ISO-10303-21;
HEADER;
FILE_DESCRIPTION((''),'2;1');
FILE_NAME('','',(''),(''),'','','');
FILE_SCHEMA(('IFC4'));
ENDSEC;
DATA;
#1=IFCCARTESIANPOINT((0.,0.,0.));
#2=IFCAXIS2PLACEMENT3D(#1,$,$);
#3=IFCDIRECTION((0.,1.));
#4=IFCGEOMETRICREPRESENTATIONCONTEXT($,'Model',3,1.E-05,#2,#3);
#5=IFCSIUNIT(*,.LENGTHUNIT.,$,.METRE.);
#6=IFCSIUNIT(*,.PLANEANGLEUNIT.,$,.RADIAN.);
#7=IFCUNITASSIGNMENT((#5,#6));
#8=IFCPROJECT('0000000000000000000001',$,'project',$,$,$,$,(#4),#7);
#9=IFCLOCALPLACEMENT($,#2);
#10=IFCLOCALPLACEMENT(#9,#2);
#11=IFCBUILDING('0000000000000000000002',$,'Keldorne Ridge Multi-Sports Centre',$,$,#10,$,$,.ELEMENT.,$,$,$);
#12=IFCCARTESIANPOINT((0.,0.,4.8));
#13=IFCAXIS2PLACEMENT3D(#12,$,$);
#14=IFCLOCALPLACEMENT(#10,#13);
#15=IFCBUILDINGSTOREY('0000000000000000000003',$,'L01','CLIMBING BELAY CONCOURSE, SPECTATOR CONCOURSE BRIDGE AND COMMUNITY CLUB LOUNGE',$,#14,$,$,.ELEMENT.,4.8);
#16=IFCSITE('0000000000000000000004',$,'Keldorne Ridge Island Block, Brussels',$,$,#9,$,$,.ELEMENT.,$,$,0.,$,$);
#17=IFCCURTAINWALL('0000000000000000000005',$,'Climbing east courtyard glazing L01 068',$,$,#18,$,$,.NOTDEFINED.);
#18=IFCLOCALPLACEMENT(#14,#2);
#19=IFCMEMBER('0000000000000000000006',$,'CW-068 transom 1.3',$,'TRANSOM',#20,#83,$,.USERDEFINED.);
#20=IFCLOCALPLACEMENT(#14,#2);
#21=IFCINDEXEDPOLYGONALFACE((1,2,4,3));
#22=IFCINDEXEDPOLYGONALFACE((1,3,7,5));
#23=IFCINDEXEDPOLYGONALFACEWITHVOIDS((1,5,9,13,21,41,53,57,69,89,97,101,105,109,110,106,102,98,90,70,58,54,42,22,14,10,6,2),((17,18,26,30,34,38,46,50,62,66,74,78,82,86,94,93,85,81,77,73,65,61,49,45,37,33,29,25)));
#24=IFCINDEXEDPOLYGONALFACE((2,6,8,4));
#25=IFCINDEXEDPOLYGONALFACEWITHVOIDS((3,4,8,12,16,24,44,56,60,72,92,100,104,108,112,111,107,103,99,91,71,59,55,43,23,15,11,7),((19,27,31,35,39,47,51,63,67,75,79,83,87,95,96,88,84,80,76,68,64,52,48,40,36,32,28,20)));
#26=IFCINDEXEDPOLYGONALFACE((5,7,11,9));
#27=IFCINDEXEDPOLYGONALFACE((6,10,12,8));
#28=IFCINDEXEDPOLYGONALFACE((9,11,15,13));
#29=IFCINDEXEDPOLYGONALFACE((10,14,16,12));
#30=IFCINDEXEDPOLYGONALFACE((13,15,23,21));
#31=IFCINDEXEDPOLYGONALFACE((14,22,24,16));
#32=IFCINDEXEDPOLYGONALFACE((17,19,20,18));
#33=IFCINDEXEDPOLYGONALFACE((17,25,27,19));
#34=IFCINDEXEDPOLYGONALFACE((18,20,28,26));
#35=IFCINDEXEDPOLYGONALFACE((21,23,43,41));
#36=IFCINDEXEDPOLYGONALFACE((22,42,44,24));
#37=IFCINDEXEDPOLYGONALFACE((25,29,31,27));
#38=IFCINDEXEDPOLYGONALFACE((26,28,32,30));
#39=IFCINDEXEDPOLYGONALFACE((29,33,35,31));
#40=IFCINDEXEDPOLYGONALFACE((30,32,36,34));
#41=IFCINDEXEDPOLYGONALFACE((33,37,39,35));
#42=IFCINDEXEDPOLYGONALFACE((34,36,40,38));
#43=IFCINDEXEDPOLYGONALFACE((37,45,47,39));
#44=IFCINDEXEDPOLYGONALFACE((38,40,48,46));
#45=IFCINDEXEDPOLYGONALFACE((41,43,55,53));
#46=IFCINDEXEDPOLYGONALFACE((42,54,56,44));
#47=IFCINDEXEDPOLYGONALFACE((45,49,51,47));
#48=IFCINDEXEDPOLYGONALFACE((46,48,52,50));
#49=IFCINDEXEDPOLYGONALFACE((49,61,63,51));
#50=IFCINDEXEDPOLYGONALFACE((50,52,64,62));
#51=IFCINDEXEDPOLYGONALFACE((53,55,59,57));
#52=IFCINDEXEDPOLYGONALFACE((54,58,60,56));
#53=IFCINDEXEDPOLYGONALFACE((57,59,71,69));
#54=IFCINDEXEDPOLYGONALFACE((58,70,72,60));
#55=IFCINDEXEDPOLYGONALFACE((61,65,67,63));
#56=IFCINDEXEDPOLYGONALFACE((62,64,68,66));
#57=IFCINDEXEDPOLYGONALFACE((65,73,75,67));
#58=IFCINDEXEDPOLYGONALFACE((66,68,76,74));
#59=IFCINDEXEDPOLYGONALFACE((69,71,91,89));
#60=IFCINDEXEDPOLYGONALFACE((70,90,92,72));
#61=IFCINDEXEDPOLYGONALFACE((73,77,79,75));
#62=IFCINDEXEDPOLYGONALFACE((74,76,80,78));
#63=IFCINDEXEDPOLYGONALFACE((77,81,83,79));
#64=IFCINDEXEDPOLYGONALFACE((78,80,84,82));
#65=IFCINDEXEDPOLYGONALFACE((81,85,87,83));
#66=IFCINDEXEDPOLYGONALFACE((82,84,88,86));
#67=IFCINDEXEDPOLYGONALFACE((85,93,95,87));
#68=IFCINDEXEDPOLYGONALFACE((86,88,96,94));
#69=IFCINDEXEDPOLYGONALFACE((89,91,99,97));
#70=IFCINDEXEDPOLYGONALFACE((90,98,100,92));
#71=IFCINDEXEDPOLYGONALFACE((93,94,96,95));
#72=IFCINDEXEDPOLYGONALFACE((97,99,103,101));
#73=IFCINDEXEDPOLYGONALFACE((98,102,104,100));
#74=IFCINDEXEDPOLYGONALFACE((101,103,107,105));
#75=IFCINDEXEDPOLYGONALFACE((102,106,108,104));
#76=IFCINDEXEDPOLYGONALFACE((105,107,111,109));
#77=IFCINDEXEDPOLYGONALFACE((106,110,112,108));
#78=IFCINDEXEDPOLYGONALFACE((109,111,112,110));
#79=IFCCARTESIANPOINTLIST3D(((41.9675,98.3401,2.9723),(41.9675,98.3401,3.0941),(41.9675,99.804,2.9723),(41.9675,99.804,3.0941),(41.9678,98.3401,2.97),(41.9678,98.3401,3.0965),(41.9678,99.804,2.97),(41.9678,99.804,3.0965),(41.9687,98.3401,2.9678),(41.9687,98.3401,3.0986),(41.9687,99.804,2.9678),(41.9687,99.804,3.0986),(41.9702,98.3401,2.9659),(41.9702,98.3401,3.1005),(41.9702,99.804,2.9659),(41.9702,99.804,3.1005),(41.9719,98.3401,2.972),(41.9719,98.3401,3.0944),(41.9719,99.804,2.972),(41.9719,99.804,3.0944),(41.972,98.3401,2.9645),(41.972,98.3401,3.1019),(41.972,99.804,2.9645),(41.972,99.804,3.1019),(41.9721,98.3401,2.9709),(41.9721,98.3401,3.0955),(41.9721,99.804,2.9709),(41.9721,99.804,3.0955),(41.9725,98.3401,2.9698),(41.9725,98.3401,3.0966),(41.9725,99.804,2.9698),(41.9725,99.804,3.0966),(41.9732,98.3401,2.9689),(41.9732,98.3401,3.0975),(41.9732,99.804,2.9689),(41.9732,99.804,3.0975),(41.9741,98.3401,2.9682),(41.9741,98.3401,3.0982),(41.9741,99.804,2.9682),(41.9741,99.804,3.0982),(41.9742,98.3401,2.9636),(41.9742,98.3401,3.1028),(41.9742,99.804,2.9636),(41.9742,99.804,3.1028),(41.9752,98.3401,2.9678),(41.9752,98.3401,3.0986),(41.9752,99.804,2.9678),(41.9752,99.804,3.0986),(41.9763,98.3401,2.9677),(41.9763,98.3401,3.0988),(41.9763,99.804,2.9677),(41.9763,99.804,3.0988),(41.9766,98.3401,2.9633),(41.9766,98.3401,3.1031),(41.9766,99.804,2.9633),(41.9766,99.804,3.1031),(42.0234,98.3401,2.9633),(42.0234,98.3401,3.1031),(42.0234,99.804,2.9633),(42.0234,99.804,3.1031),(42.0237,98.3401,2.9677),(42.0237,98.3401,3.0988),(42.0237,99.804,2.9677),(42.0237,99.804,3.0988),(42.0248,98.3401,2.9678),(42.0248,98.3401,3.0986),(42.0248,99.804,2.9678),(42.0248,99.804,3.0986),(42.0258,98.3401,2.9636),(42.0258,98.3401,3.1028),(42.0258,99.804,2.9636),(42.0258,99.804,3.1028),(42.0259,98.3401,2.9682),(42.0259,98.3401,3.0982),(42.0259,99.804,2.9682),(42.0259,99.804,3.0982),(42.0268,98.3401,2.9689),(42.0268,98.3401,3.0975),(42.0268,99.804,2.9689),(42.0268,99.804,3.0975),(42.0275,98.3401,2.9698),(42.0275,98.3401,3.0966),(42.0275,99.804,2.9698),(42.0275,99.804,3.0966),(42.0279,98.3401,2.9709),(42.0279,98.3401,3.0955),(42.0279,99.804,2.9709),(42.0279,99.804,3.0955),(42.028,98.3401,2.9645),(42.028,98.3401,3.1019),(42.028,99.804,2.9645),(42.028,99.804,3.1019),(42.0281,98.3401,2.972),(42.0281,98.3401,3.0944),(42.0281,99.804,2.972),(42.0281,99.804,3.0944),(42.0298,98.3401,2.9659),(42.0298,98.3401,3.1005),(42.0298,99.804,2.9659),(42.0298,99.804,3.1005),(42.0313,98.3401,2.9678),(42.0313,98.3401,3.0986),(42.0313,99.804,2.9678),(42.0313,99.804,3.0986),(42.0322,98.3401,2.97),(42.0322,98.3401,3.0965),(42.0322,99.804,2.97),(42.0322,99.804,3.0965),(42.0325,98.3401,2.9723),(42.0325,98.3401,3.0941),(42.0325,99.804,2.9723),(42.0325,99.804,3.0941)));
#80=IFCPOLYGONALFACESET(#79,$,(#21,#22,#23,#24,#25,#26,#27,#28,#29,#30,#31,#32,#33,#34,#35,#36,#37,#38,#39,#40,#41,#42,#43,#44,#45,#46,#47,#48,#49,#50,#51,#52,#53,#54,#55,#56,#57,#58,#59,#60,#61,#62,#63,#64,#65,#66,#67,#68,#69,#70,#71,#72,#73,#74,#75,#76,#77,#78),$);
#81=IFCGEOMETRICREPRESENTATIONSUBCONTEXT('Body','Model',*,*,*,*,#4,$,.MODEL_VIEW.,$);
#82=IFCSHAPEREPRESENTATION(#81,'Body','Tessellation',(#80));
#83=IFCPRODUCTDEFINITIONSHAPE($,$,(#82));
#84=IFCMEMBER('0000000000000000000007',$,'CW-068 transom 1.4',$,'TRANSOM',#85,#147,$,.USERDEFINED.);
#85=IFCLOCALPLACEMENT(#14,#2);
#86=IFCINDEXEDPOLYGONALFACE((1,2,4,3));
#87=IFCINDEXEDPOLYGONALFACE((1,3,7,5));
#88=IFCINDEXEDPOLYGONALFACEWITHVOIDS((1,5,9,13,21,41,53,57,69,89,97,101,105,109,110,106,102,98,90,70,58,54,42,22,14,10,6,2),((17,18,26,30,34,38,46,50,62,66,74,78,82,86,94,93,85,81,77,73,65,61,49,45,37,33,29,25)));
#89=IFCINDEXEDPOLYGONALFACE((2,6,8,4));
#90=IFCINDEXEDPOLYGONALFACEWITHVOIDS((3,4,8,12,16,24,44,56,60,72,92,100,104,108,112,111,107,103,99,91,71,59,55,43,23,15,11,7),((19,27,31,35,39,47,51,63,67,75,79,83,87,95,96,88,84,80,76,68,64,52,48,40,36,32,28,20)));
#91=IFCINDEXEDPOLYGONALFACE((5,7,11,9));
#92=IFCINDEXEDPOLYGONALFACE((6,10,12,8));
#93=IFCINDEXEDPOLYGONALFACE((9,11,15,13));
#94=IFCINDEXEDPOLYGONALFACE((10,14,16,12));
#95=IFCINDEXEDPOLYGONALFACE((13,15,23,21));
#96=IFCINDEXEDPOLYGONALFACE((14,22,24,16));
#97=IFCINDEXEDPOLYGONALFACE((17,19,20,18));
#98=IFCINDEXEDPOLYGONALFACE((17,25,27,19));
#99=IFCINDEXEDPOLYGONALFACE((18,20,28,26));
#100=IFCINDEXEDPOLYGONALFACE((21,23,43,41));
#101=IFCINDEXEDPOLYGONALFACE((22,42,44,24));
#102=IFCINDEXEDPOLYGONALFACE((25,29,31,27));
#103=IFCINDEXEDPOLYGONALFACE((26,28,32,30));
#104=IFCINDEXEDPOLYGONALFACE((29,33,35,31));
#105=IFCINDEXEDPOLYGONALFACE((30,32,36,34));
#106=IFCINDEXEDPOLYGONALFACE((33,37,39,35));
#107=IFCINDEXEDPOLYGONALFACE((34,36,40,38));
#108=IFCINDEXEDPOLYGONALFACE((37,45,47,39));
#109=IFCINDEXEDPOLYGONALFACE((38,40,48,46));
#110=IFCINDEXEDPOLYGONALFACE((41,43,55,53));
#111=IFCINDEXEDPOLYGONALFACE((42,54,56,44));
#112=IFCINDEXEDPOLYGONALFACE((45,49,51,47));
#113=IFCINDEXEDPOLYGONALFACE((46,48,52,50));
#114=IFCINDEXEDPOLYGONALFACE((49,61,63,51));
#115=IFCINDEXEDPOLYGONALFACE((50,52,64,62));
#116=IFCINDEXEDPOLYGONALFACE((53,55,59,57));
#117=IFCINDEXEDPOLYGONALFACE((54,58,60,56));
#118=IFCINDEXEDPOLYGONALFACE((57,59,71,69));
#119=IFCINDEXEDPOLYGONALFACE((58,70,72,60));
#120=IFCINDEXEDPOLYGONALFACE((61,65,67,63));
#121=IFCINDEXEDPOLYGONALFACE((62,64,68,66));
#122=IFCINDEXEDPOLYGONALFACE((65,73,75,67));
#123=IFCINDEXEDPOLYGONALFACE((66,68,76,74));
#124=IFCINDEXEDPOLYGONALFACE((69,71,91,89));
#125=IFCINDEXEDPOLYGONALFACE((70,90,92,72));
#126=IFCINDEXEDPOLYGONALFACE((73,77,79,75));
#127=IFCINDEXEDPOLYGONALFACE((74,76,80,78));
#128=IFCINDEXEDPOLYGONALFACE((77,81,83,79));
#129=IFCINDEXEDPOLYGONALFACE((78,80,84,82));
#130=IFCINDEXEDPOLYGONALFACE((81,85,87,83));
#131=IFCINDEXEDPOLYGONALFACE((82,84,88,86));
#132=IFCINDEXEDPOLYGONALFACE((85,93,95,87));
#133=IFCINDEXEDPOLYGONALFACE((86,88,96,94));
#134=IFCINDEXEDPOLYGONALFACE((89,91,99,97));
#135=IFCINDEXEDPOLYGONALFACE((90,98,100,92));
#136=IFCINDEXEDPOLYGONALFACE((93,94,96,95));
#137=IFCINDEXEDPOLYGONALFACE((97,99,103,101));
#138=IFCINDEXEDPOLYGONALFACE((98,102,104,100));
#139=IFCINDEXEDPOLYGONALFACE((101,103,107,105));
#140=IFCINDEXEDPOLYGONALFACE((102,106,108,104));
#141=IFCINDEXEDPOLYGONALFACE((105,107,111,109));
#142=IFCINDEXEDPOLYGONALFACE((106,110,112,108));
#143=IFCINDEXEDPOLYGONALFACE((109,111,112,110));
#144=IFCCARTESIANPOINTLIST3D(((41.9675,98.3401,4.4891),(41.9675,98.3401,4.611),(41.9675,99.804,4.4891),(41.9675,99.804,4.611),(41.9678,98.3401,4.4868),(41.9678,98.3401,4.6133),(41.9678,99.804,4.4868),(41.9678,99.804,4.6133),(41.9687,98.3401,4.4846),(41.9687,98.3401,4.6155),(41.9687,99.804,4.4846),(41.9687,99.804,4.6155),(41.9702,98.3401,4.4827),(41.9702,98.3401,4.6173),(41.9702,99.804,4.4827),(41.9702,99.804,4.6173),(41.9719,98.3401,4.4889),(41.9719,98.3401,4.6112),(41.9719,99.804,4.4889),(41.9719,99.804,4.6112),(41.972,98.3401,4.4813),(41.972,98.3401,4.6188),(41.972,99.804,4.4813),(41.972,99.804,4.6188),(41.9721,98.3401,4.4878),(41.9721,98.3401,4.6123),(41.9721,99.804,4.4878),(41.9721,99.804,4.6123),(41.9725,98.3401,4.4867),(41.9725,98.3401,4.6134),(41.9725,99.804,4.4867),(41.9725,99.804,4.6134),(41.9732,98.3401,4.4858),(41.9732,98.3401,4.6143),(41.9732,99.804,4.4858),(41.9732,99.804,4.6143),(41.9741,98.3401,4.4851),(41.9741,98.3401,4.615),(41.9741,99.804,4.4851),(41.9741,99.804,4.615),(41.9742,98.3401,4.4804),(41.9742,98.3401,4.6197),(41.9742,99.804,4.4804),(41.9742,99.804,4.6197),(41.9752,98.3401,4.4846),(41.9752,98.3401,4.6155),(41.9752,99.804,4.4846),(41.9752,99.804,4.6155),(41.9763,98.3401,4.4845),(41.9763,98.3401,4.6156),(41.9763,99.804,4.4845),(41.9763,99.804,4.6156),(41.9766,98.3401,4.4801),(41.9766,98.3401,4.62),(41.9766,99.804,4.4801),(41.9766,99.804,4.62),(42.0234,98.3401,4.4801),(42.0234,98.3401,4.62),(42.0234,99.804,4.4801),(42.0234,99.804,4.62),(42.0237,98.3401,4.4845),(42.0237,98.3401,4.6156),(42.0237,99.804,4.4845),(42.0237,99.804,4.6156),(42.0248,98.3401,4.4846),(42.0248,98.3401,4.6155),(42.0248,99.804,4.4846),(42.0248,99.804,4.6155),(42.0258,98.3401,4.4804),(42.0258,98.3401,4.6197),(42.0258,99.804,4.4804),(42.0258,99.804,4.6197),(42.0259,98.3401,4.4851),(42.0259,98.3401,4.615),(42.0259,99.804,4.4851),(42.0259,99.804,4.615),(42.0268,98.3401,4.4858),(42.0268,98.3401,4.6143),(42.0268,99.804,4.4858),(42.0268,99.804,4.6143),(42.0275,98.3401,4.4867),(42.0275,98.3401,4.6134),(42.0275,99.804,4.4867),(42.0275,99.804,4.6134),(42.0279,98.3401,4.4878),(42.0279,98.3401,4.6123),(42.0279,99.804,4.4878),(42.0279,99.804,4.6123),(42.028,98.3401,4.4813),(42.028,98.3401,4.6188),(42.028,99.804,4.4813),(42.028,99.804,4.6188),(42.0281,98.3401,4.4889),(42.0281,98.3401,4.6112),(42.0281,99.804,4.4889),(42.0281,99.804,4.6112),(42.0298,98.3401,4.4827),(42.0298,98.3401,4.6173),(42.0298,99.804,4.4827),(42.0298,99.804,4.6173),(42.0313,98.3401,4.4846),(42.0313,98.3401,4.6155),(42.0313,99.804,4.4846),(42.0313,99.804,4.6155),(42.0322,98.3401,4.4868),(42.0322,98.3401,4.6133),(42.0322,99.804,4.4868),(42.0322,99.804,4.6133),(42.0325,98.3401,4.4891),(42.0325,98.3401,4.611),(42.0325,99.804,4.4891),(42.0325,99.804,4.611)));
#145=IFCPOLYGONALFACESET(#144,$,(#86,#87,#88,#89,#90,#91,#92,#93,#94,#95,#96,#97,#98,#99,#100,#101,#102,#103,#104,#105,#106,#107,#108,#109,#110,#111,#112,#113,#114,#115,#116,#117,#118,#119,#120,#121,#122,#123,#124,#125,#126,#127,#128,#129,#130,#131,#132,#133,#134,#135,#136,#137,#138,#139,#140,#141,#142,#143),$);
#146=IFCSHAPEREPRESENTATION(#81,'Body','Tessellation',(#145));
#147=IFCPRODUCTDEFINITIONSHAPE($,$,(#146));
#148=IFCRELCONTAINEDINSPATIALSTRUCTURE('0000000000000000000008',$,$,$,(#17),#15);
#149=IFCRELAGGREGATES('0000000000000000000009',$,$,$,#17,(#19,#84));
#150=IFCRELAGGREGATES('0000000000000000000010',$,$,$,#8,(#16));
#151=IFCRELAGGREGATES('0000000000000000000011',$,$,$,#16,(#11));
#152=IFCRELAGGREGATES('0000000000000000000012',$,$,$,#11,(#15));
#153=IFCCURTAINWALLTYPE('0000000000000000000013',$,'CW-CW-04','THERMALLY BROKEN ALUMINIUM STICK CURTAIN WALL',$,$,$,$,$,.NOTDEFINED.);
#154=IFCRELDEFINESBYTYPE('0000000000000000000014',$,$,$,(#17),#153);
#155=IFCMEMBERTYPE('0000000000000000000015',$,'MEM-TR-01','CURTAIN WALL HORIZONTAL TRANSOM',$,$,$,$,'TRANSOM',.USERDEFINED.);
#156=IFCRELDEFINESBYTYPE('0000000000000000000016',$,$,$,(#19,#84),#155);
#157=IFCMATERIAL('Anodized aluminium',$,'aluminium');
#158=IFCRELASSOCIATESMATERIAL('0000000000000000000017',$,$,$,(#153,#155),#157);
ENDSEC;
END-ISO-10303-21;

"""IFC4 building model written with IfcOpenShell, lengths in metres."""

from ifc_helpers import new_model, si_unit, direction, frame, origin, origin_2d, place, context, subcontext, project, spatial, hollow_rectangle, extrude, material, material_profile, profile_set, type_object, element, aggregate, save


model = new_model("IFC4")

# Units and contexts
model_context = context("Model", 3, precision=1e-05, world=origin(), true_north=direction((0.0, 1.0)))
body_context = subcontext(model_context, "Body", "Model", "MODEL_VIEW")
ifc_project = project(units=[si_unit("LENGTHUNIT", "METRE"), si_unit("PLANEANGLEUNIT", "RADIAN")], contexts=[model_context])

# Site, building, storey
site_placement = place(None, origin())
site = spatial("IfcSite", under=ifc_project, at=site_placement, Name="Keldorne Ridge Island Block, Brussels", CompositionType="ELEMENT", RefElevation=0.0)
building_placement = place(site_placement, origin())
building = spatial("IfcBuilding", under=site, at=building_placement, Name="Keldorne Ridge Multi-Sports Centre", CompositionType="ELEMENT")
storey_placement = place(building_placement, frame((0.0, 0.0, 4.8)))
storey = spatial("IfcBuildingStorey", under=building, at=storey_placement, Name="L01", Description="CLIMBING BELAY CONCOURSE, SPECTATOR CONCOURSE BRIDGE AND COMMUNITY CLUB LOUNGE", CompositionType="ELEMENT", Elevation=4.8)

# Shared definitions
ifc_material_1 = material(Name="Anodized aluminium", Category="aluminium")

# Curtain wall, members
curtain_wall_type_1 = type_object("IfcCurtainWallType", Name="CW-CW-04", Description="THERMALLY BROKEN ALUMINIUM STICK CURTAIN WALL", PredefinedType="NOTDEFINED", material=ifc_material_1)
curtain_wall_1_placement = place(storey_placement, origin())
curtain_wall_1 = element("IfcCurtainWall", 1, at=curtain_wall_1_placement, inside=storey, type_object=curtain_wall_type_1, Name="Climbing east courtyard glazing L01 068", PredefinedType="NOTDEFINED")
ifc_material_profile_1 = material_profile(ifc_material_1, hollow_rectangle(XDim=0.0649, YDim=0.1399, WallThickness=0.0044, InnerFilletRadius=0.0044, OuterFilletRadius=0.009, at=origin_2d()), Name="ALU TRANSOM 140x65x4.5")
ifc_profile_set_1 = profile_set([ifc_material_profile_1], Name="Anodized aluminium")
member_type_1 = type_object("IfcMemberType", Name="MEM-TR-01", Description="CURTAIN WALL HORIZONTAL TRANSOM", ElementType="TRANSOM", PredefinedType="USERDEFINED", material=ifc_profile_set_1)
member_1_placement = place(storey_placement, frame((42.0, 98.3401, 3.0332), z_axis=(0.0, 1.0, 0.0), x_axis=(-1.0, 0.0, 0.0)))
member_1 = element("IfcMember", 2, at=member_1_placement, type_object=member_type_1, Name="CW-068 transom 1.3", ObjectType="TRANSOM", PredefinedType="USERDEFINED", context=body_context, shape_type="SweptSolid", body=[
    extrude(hollow_rectangle(XDim=0.0649, YDim=0.1399, WallThickness=0.0044, InnerFilletRadius=0.0044, OuterFilletRadius=0.009, at=origin_2d()), origin(), (0.0, 0.0, 1.0), 1.4639),
])
member_2_placement = place(storey_placement, frame((42.0, 98.3401, 4.55), z_axis=(0.0, 1.0, 0.0), x_axis=(-1.0, 0.0, 0.0)))
member_2 = element("IfcMember", 3, at=member_2_placement, type_object=member_type_1, Name="CW-068 transom 1.4", ObjectType="TRANSOM", PredefinedType="USERDEFINED", context=body_context, shape_type="SweptSolid", body=[
    extrude(hollow_rectangle(XDim=0.0649, YDim=0.1399, WallThickness=0.0044, InnerFilletRadius=0.0044, OuterFilletRadius=0.009, at=origin_2d()), origin(), (0.0, 0.0, 1.0), 1.4639),
])

aggregate(curtain_wall_1, [member_1, member_2])

save(model, "model.ifc")
